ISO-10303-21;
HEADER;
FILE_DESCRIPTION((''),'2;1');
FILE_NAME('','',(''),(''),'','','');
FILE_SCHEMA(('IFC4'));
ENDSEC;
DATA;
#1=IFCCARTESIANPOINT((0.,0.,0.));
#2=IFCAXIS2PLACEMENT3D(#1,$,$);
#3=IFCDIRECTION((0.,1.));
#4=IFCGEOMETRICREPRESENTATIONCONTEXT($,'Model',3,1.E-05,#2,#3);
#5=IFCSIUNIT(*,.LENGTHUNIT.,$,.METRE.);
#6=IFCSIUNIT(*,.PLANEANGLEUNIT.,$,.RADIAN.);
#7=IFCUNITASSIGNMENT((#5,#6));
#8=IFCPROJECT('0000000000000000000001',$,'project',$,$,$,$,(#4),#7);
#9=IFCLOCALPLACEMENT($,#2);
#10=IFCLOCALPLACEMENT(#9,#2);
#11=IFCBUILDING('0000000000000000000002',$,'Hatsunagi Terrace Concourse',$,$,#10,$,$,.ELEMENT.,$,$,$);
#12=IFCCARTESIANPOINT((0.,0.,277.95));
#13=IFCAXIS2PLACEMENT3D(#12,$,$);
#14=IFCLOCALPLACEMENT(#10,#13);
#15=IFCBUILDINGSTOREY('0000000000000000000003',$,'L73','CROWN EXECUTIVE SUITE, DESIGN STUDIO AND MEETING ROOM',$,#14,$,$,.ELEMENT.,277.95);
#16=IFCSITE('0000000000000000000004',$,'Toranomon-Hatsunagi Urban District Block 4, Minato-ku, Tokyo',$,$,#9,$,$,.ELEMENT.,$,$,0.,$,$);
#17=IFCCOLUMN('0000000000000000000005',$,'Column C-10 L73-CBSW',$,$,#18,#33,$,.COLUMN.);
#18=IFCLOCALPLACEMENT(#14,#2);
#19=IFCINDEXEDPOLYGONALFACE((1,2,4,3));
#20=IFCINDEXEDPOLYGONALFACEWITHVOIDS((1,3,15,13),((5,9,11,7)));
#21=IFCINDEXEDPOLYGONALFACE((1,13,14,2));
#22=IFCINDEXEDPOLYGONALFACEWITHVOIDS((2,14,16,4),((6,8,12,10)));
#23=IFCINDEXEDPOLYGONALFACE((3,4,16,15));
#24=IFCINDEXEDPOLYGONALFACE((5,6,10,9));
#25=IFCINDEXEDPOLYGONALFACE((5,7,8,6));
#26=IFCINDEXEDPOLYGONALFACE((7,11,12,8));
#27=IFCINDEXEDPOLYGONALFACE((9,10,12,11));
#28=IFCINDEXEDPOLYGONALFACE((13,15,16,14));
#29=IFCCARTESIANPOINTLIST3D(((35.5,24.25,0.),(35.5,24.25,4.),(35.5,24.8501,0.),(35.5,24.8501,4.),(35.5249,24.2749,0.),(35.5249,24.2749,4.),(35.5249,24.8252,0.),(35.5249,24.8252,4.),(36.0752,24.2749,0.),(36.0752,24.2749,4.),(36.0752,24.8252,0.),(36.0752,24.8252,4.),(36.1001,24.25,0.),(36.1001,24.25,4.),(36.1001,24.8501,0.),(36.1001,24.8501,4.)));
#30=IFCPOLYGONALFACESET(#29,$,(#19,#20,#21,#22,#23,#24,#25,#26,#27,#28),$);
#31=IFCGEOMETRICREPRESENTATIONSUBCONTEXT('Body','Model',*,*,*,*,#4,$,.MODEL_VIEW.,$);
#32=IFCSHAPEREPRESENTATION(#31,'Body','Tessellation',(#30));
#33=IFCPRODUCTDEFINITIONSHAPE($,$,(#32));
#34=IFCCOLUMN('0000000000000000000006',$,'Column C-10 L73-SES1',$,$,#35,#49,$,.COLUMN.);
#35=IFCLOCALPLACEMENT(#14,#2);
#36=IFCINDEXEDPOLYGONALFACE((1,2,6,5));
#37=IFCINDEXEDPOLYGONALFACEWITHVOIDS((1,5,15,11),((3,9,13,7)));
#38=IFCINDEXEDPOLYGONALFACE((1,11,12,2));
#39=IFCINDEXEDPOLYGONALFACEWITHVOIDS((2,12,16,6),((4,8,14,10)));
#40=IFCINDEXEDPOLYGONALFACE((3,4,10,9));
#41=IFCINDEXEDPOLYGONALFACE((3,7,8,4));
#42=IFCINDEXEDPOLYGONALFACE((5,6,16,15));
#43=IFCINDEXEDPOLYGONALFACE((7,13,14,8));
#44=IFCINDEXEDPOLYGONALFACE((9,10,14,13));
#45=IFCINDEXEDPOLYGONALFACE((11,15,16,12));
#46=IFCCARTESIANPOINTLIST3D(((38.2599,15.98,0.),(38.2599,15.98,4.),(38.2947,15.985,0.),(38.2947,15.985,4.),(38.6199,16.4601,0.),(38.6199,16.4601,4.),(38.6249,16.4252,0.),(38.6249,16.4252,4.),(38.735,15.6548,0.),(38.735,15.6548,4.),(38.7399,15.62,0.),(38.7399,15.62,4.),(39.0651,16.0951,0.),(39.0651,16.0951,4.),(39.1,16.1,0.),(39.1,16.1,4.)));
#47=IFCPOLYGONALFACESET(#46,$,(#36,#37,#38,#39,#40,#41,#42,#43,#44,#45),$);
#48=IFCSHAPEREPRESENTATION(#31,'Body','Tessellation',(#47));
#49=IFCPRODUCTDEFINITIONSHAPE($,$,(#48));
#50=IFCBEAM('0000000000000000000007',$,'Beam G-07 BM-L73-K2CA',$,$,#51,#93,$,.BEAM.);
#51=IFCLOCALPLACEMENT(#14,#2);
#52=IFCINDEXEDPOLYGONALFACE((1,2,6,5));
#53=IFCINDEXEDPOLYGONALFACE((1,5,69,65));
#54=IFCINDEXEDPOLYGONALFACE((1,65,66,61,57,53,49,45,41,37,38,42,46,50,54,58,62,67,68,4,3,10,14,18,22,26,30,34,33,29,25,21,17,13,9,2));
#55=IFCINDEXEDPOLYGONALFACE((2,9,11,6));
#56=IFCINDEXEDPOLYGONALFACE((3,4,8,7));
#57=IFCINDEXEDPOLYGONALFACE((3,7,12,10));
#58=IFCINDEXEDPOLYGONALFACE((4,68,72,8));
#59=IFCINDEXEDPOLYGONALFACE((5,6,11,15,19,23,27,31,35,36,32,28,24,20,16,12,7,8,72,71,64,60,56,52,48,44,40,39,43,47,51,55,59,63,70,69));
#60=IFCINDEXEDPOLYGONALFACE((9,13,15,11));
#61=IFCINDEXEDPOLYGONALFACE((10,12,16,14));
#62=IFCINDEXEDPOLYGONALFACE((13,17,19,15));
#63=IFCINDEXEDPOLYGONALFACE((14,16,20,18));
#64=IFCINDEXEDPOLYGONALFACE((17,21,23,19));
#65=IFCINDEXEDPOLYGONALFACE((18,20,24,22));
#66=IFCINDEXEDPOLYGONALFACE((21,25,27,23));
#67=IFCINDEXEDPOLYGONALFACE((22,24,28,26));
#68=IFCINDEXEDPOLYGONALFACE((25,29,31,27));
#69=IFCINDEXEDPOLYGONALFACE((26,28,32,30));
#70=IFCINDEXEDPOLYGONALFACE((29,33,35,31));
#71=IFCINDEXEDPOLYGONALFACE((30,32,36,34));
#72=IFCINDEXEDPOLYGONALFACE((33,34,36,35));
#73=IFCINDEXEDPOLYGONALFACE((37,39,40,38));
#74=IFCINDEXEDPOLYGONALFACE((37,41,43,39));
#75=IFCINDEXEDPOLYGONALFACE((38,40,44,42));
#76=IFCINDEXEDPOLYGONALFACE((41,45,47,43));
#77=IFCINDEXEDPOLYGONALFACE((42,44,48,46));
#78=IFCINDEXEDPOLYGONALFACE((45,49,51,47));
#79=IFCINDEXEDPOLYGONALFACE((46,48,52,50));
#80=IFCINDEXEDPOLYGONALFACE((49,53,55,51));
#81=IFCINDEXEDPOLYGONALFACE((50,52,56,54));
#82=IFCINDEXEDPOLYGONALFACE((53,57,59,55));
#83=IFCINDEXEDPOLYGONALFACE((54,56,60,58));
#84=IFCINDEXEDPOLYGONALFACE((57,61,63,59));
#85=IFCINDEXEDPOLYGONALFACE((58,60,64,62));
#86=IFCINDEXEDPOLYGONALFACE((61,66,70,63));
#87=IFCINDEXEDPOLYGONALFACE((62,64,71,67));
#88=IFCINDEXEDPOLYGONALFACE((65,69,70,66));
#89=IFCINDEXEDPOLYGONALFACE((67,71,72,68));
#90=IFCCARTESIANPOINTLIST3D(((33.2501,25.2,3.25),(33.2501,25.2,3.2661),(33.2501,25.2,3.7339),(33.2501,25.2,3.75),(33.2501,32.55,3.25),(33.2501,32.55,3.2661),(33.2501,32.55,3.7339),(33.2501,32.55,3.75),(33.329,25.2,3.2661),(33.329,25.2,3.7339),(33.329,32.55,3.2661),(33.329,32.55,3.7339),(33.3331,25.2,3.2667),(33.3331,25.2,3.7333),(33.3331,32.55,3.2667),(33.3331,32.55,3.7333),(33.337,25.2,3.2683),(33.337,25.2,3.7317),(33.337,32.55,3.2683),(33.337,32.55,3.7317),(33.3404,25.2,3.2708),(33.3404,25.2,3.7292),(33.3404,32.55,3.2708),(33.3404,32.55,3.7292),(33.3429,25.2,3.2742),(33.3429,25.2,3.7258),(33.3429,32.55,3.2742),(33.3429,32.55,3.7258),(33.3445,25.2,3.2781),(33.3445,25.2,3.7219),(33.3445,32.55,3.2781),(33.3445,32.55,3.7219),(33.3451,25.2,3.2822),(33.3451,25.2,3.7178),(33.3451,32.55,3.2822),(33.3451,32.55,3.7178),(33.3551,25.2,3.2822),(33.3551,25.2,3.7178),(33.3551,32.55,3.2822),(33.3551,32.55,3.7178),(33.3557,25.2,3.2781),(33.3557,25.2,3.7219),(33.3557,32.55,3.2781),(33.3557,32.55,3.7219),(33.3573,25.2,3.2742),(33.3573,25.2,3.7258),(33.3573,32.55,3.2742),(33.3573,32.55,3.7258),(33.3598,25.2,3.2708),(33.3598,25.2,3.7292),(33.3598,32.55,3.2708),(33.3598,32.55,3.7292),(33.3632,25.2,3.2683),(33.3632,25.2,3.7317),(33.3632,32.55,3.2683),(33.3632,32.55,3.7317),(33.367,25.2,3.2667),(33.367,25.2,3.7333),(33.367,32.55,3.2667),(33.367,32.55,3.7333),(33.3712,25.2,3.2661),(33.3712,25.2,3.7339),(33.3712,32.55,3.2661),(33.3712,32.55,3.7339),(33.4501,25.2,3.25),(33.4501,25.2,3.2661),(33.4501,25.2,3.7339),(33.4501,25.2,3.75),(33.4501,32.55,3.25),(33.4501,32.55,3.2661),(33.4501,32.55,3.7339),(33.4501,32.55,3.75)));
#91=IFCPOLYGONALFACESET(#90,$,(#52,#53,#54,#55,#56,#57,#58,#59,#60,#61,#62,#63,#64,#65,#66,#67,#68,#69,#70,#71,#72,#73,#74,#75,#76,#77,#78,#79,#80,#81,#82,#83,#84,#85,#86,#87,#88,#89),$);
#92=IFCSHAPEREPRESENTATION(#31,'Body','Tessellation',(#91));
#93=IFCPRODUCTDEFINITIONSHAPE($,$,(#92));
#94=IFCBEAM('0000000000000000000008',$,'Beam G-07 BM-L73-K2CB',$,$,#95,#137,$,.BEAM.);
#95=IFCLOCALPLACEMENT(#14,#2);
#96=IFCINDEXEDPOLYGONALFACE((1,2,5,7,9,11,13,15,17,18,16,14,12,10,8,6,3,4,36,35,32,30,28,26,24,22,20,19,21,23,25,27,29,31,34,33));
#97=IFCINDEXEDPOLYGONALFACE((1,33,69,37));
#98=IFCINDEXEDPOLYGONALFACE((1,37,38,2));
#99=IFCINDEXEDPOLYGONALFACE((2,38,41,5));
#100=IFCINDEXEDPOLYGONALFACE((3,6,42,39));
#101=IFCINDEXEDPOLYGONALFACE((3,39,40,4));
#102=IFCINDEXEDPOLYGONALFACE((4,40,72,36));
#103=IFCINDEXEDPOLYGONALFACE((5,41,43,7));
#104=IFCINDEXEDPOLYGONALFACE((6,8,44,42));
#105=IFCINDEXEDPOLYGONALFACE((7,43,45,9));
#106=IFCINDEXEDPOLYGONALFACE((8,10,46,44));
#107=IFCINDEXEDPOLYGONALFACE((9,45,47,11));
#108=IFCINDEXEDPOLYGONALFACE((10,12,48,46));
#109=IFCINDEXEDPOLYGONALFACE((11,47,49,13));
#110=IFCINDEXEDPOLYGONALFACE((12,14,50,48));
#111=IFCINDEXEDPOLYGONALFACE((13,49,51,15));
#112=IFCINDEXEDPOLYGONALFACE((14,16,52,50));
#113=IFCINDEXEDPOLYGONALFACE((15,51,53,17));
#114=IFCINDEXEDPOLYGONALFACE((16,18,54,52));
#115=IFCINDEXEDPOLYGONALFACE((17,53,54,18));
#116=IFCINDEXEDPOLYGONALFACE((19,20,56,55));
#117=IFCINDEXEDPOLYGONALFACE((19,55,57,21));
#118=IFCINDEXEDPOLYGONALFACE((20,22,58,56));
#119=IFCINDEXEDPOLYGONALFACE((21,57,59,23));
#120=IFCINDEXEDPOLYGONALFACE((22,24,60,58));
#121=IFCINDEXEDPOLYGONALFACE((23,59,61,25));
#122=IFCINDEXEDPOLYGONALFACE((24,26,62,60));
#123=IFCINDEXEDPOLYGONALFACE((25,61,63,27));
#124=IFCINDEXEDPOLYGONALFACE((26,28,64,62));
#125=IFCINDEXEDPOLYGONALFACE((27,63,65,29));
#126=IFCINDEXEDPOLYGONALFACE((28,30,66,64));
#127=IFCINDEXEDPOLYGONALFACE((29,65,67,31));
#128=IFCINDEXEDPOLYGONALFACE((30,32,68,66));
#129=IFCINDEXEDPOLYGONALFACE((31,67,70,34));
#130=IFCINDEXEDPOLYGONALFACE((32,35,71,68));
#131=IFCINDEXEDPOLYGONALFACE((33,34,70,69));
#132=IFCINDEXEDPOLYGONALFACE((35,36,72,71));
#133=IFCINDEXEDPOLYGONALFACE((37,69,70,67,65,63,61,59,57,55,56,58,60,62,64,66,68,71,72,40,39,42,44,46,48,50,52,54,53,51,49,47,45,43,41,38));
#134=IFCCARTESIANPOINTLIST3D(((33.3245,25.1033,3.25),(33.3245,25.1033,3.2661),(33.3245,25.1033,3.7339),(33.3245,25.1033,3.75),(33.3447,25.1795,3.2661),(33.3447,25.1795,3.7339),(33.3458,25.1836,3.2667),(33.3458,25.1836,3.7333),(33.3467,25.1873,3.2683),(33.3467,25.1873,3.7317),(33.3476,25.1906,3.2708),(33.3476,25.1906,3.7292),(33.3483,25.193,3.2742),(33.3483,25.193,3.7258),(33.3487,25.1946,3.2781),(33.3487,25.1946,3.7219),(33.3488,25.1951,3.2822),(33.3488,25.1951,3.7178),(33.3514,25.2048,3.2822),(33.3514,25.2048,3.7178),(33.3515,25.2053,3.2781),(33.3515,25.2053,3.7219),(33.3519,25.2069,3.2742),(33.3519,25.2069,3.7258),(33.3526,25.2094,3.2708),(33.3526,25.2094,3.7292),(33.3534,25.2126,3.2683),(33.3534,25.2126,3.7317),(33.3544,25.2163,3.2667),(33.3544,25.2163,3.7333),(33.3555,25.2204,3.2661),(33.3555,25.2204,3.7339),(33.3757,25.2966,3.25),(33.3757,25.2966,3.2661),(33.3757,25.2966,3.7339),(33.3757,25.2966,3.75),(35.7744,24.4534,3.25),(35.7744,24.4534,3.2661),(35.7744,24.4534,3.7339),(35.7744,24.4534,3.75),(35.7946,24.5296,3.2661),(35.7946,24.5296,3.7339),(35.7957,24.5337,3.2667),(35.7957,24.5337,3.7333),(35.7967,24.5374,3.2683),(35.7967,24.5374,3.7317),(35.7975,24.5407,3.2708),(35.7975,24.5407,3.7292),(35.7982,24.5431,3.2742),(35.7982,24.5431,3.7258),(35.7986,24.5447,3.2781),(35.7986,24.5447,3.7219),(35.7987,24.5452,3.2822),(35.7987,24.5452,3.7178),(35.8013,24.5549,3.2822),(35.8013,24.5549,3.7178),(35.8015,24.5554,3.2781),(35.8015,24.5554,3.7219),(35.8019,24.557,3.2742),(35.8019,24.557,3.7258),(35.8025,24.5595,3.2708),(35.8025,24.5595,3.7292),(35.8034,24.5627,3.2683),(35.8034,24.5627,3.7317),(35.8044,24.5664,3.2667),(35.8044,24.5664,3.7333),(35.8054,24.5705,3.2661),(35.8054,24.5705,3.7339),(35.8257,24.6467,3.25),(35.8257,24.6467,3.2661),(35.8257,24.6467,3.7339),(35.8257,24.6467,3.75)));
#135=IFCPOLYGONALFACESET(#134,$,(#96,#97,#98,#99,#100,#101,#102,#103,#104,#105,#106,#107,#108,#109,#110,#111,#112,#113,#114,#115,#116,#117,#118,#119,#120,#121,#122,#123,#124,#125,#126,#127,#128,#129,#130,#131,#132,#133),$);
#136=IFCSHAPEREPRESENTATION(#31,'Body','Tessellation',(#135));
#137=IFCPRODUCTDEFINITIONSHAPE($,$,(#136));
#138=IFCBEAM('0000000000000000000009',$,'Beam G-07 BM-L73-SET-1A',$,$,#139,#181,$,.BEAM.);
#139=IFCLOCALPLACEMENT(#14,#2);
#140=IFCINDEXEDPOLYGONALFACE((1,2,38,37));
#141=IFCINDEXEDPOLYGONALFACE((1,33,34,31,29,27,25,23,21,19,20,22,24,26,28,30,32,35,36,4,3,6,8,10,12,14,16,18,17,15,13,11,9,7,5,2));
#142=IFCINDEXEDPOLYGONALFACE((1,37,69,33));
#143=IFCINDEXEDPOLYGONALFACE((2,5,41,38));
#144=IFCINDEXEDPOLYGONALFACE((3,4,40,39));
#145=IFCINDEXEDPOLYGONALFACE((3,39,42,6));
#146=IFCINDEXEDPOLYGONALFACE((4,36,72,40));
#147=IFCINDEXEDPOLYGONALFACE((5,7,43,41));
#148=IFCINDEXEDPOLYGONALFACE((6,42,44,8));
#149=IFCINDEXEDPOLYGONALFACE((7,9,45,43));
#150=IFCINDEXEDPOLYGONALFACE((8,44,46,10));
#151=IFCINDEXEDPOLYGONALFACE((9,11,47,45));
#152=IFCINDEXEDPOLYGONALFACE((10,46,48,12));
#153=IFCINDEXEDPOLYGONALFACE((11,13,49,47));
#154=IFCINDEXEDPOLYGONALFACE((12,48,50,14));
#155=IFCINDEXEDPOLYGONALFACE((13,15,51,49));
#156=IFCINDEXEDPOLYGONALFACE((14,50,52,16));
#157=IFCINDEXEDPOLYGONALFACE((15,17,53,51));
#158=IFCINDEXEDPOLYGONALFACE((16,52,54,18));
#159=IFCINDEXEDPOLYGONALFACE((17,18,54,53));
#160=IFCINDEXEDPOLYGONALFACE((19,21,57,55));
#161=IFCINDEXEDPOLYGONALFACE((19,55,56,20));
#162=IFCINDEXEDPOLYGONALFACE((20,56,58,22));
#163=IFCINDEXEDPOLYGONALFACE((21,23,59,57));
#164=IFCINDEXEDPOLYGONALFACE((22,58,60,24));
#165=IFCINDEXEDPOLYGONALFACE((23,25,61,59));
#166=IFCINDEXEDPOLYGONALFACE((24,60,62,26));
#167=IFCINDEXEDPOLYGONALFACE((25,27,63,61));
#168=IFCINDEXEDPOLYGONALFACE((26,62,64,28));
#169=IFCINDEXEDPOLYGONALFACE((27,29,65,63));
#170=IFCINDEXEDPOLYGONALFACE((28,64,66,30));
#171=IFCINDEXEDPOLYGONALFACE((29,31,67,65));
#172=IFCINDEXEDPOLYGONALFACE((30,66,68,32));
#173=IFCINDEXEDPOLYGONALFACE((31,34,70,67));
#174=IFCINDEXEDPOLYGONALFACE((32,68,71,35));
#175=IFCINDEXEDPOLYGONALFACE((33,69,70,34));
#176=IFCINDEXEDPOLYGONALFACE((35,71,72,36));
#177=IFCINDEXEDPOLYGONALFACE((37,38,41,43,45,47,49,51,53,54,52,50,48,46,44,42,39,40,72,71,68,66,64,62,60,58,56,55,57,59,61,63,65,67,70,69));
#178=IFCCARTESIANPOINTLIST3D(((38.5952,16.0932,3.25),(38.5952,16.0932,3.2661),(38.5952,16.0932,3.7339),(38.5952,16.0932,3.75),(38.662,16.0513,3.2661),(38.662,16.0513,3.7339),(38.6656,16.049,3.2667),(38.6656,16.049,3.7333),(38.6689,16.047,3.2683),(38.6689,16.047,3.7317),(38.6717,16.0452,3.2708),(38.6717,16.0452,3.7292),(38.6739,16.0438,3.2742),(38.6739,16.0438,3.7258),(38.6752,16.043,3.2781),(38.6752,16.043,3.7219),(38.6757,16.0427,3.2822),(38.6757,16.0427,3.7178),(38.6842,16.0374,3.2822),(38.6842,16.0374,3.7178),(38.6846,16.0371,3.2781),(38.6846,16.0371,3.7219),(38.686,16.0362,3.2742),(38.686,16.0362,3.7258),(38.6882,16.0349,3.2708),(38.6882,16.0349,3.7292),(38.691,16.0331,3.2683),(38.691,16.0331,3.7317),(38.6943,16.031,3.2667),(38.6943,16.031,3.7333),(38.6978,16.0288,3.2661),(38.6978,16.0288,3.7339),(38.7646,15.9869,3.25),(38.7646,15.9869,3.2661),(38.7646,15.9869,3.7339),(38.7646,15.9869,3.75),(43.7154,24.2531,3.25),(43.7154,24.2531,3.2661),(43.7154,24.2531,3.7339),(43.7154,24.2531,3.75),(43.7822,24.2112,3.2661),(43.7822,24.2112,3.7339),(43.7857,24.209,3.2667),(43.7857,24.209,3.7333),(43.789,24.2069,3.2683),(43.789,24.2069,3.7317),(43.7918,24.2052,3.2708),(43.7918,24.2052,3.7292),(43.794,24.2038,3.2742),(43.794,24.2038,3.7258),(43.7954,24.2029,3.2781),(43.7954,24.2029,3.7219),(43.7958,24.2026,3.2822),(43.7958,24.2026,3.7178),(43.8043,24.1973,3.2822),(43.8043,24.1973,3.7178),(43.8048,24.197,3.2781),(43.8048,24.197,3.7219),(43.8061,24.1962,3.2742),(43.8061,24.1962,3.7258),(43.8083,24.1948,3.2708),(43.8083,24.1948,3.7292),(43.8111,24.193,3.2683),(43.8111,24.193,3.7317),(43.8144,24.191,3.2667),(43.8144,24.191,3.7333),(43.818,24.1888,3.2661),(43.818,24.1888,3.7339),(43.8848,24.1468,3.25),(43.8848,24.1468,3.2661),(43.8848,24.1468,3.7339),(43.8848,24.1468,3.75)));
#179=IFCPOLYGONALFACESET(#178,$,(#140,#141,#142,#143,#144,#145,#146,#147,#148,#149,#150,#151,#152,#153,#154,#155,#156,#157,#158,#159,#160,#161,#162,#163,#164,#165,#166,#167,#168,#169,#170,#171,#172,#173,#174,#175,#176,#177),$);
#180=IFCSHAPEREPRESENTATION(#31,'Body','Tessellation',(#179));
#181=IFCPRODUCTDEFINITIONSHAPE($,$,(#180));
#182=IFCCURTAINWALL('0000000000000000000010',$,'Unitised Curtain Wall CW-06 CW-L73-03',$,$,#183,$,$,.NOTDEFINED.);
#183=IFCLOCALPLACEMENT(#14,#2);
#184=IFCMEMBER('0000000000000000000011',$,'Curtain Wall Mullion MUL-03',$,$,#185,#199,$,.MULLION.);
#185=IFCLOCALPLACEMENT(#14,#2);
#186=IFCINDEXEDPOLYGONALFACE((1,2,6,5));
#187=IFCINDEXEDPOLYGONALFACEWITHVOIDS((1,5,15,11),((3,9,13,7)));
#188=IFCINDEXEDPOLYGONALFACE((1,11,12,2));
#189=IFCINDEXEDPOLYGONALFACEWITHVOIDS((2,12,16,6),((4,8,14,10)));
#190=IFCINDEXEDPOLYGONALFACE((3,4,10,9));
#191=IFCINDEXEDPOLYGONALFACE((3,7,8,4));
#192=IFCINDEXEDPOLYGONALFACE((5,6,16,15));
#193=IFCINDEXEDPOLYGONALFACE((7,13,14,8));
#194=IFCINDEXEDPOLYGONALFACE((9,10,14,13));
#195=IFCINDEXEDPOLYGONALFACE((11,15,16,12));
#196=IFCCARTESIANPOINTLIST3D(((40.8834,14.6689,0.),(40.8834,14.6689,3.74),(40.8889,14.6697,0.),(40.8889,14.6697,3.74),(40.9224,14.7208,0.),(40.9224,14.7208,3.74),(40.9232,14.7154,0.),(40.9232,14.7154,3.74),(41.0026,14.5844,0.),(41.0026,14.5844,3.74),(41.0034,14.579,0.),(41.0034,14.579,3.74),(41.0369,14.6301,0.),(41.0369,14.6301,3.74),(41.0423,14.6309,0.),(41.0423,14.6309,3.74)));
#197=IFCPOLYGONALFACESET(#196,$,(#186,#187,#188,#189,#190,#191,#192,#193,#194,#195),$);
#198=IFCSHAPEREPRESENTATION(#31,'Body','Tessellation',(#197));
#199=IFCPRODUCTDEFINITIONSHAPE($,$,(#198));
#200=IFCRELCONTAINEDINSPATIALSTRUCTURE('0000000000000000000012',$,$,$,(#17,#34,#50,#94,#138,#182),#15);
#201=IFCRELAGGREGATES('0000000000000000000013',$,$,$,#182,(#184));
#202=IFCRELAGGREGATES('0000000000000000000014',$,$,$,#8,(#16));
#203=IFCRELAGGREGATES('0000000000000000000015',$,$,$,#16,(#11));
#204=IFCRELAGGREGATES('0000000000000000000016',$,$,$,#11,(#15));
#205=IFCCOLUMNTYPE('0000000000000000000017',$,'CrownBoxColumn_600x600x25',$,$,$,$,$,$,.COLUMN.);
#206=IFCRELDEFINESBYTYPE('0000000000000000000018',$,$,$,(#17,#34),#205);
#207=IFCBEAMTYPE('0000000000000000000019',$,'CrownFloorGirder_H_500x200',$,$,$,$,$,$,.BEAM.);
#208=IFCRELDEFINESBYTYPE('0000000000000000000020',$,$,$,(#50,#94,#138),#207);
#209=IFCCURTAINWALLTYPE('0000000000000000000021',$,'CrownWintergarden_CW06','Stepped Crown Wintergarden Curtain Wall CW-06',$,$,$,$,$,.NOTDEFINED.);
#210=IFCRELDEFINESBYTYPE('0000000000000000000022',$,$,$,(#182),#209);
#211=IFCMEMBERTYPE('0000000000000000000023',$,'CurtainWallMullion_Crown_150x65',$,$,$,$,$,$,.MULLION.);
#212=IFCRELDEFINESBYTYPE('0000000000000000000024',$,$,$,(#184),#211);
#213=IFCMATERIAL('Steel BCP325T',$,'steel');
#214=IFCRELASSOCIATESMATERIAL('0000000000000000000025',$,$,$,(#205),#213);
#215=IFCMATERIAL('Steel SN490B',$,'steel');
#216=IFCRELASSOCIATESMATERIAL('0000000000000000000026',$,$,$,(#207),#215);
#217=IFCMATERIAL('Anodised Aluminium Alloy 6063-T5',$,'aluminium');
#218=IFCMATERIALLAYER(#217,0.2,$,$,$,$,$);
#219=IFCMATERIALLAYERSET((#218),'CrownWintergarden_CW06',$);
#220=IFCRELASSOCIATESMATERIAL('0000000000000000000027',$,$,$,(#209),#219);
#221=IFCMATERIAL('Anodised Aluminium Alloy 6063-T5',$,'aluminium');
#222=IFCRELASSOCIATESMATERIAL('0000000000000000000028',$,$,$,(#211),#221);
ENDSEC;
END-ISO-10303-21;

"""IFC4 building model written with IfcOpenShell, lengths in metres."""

from ifc_helpers import new_model, si_unit, direction, frame, origin, origin_2d, place, context, subcontext, project, spatial, hollow_rectangle, i_section, extrude, material, layer, layer_set, material_profile, profile_set, type_object, element, aggregate, save


model = new_model("IFC4")

# Units and contexts
model_context = context("Model", 3, precision=1e-05, world=origin(), true_north=direction((0.0, 1.0)))
body_context = subcontext(model_context, "Body", "Model", "MODEL_VIEW")
ifc_project = project(units=[si_unit("LENGTHUNIT", "METRE"), si_unit("PLANEANGLEUNIT", "RADIAN")], contexts=[model_context])

# Site, building, storey
site_placement = place(None, origin())
site = spatial("IfcSite", under=ifc_project, at=site_placement, Name="Toranomon-Hatsunagi Urban District Block 4, Minato-ku, Tokyo", CompositionType="ELEMENT", RefElevation=0.0)
building_placement = place(site_placement, origin())
building = spatial("IfcBuilding", under=site, at=building_placement, Name="Hatsunagi Terrace Concourse", CompositionType="ELEMENT")
storey_placement = place(building_placement, frame((0.0, 0.0, 277.95)))
storey = spatial("IfcBuildingStorey", under=building, at=storey_placement, Name="L73", Description="CROWN EXECUTIVE SUITE, DESIGN STUDIO AND MEETING ROOM", CompositionType="ELEMENT", Elevation=277.95)

# Columns
ifc_material_1 = material(Name="Steel BCP325T", Category="steel")
ifc_material_profile_1 = material_profile(ifc_material_1, hollow_rectangle(XDim=0.6001, YDim=0.6001, WallThickness=0.0249, at=origin_2d()), Name="BCP-600x600x25")
ifc_profile_set_1 = profile_set([ifc_material_profile_1], Name="Steel BCP325T")
column_type = type_object("IfcColumnType", Name="CrownBoxColumn_600x600x25", PredefinedType="COLUMN", material=ifc_profile_set_1)
for number, where, z_axis, x_axis, name in (
    (1, (35.8, 24.55, 0.0), (0.0, 0.0, 1.0), (1.0, 0.0, 0.0), "Column C-10 L73-CBSW"),
    (2, (38.6799, 16.04, 0.0), (0.0, 0.0, 1.0), (0.8, -0.6, 0.0), "Column C-10 L73-SES1"),
):
    element("IfcColumn", number, at=place(storey_placement, frame(where, z_axis=z_axis, x_axis=x_axis)), inside=storey, type_object=column_type, Name=name, PredefinedType="COLUMN", context=body_context, shape_type="SweptSolid", body=[
        extrude(hollow_rectangle(XDim=0.6001, YDim=0.6001, WallThickness=0.0249, at=origin_2d()), origin(), (0.0, 0.0, 1.0), 4.0),
    ])

# Beams
ifc_material_2 = material(Name="Steel SN490B", Category="steel")
ifc_material_profile_2 = material_profile(ifc_material_2, i_section(OverallWidth=0.2, OverallDepth=0.5, WebThickness=0.01, FlangeThickness=0.0161, FilletRadius=0.0161, at=origin_2d()), Name="H-500x200x10x16")
ifc_profile_set_2 = profile_set([ifc_material_profile_2], Name="Steel SN490B")
beam_type_1 = type_object("IfcBeamType", Name="CrownFloorGirder_H_500x200", PredefinedType="BEAM", material=ifc_profile_set_2)
beam_1_placement = place(storey_placement, frame((33.3501, 25.2, 3.5), z_axis=(0.0, 1.0, 0.0), x_axis=(-1.0, 0.0, 0.0)))
element("IfcBeam", 3, at=beam_1_placement, inside=storey, type_object=beam_type_1, Name="Beam G-07 BM-L73-K2CA", PredefinedType="BEAM", context=body_context, shape_type="SweptSolid", body=[
    extrude(i_section(OverallWidth=0.2, OverallDepth=0.5, WebThickness=0.01, FlangeThickness=0.0161, FilletRadius=0.0161, at=origin_2d()), origin(), (0.0, 0.0, 1.0), 7.3501),
])
beam_2_placement = place(storey_placement, frame((33.3501, 25.2, 3.5), z_axis=(0.96657, -0.256403, 0.0), x_axis=(0.256403, 0.96657, 0.0)))
element("IfcBeam", 4, at=beam_2_placement, inside=storey, type_object=beam_type_1, Name="Beam G-07 BM-L73-K2CB", PredefinedType="BEAM", context=body_context, shape_type="SweptSolid", body=[
    extrude(i_section(OverallWidth=0.2, OverallDepth=0.5, WebThickness=0.01, FlangeThickness=0.0161, FilletRadius=0.0161, at=origin_2d()), origin(), (0.0, 0.0, 1.0), 2.5347),
])
beam_3_placement = place(storey_placement, frame((38.6799, 16.04, 3.5), z_axis=(0.531504, 0.847056, 0.0), x_axis=(-0.847056, 0.531504, 0.0)))
element("IfcBeam", 5, at=beam_3_placement, inside=storey, type_object=beam_type_1, Name="Beam G-07 BM-L73-SET-1A", PredefinedType="BEAM", context=body_context, shape_type="SweptSolid", body=[
    extrude(i_section(OverallWidth=0.2, OverallDepth=0.5, WebThickness=0.01, FlangeThickness=0.0161, FilletRadius=0.0161, at=origin_2d()), origin(), (0.0, 0.0, 1.0), 9.6333),
])

# Curtain wall, member
ifc_material_3 = material(Name="Anodised Aluminium Alloy 6063-T5", Category="aluminium")
ifc_layer_1 = layer(ifc_material_3, 0.2)
ifc_layer_set_1 = layer_set([ifc_layer_1], Name="CrownWintergarden_CW06")
curtain_wall_type = type_object("IfcCurtainWallType", Name="CrownWintergarden_CW06", Description="Stepped Crown Wintergarden Curtain Wall CW-06", PredefinedType="NOTDEFINED", material=ifc_layer_set_1)
curtain_wall_1_placement = place(storey_placement, origin())
curtain_wall_1 = element("IfcCurtainWall", 6, at=curtain_wall_1_placement, inside=storey, type_object=curtain_wall_type, Name="Unitised Curtain Wall CW-06 CW-L73-03", PredefinedType="NOTDEFINED")
ifc_material_4 = material(Name="Anodised Aluminium Alloy 6063-T5", Category="aluminium")
ifc_material_profile_3 = material_profile(ifc_material_4, hollow_rectangle(XDim=0.0649, YDim=0.1499, WallThickness=0.0039, at=origin_2d()), Name="ALU-MUL-150x65x4")
ifc_profile_set_3 = profile_set([ifc_material_profile_3], Name="Anodised Aluminium Alloy 6063-T5")
member_type_1 = type_object("IfcMemberType", Name="CurtainWallMullion_Crown_150x65", PredefinedType="MULLION", material=ifc_profile_set_3)
member_1_placement = place(storey_placement, frame((40.9629, 14.6499, 0.0), z_axis=(0.0, 0.0, 1.0), x_axis=(-0.599969, -0.800023, 0.0)))
member_1 = element("IfcMember", 7, at=member_1_placement, type_object=member_type_1, Name="Curtain Wall Mullion MUL-03", PredefinedType="MULLION", context=body_context, shape_type="SweptSolid", body=[
    extrude(hollow_rectangle(XDim=0.0649, YDim=0.1499, WallThickness=0.0039, at=origin_2d()), origin(), (0.0, 0.0, 1.0), 3.74),
])

aggregate(curtain_wall_1, [member_1])

save(model, "model.ifc")
